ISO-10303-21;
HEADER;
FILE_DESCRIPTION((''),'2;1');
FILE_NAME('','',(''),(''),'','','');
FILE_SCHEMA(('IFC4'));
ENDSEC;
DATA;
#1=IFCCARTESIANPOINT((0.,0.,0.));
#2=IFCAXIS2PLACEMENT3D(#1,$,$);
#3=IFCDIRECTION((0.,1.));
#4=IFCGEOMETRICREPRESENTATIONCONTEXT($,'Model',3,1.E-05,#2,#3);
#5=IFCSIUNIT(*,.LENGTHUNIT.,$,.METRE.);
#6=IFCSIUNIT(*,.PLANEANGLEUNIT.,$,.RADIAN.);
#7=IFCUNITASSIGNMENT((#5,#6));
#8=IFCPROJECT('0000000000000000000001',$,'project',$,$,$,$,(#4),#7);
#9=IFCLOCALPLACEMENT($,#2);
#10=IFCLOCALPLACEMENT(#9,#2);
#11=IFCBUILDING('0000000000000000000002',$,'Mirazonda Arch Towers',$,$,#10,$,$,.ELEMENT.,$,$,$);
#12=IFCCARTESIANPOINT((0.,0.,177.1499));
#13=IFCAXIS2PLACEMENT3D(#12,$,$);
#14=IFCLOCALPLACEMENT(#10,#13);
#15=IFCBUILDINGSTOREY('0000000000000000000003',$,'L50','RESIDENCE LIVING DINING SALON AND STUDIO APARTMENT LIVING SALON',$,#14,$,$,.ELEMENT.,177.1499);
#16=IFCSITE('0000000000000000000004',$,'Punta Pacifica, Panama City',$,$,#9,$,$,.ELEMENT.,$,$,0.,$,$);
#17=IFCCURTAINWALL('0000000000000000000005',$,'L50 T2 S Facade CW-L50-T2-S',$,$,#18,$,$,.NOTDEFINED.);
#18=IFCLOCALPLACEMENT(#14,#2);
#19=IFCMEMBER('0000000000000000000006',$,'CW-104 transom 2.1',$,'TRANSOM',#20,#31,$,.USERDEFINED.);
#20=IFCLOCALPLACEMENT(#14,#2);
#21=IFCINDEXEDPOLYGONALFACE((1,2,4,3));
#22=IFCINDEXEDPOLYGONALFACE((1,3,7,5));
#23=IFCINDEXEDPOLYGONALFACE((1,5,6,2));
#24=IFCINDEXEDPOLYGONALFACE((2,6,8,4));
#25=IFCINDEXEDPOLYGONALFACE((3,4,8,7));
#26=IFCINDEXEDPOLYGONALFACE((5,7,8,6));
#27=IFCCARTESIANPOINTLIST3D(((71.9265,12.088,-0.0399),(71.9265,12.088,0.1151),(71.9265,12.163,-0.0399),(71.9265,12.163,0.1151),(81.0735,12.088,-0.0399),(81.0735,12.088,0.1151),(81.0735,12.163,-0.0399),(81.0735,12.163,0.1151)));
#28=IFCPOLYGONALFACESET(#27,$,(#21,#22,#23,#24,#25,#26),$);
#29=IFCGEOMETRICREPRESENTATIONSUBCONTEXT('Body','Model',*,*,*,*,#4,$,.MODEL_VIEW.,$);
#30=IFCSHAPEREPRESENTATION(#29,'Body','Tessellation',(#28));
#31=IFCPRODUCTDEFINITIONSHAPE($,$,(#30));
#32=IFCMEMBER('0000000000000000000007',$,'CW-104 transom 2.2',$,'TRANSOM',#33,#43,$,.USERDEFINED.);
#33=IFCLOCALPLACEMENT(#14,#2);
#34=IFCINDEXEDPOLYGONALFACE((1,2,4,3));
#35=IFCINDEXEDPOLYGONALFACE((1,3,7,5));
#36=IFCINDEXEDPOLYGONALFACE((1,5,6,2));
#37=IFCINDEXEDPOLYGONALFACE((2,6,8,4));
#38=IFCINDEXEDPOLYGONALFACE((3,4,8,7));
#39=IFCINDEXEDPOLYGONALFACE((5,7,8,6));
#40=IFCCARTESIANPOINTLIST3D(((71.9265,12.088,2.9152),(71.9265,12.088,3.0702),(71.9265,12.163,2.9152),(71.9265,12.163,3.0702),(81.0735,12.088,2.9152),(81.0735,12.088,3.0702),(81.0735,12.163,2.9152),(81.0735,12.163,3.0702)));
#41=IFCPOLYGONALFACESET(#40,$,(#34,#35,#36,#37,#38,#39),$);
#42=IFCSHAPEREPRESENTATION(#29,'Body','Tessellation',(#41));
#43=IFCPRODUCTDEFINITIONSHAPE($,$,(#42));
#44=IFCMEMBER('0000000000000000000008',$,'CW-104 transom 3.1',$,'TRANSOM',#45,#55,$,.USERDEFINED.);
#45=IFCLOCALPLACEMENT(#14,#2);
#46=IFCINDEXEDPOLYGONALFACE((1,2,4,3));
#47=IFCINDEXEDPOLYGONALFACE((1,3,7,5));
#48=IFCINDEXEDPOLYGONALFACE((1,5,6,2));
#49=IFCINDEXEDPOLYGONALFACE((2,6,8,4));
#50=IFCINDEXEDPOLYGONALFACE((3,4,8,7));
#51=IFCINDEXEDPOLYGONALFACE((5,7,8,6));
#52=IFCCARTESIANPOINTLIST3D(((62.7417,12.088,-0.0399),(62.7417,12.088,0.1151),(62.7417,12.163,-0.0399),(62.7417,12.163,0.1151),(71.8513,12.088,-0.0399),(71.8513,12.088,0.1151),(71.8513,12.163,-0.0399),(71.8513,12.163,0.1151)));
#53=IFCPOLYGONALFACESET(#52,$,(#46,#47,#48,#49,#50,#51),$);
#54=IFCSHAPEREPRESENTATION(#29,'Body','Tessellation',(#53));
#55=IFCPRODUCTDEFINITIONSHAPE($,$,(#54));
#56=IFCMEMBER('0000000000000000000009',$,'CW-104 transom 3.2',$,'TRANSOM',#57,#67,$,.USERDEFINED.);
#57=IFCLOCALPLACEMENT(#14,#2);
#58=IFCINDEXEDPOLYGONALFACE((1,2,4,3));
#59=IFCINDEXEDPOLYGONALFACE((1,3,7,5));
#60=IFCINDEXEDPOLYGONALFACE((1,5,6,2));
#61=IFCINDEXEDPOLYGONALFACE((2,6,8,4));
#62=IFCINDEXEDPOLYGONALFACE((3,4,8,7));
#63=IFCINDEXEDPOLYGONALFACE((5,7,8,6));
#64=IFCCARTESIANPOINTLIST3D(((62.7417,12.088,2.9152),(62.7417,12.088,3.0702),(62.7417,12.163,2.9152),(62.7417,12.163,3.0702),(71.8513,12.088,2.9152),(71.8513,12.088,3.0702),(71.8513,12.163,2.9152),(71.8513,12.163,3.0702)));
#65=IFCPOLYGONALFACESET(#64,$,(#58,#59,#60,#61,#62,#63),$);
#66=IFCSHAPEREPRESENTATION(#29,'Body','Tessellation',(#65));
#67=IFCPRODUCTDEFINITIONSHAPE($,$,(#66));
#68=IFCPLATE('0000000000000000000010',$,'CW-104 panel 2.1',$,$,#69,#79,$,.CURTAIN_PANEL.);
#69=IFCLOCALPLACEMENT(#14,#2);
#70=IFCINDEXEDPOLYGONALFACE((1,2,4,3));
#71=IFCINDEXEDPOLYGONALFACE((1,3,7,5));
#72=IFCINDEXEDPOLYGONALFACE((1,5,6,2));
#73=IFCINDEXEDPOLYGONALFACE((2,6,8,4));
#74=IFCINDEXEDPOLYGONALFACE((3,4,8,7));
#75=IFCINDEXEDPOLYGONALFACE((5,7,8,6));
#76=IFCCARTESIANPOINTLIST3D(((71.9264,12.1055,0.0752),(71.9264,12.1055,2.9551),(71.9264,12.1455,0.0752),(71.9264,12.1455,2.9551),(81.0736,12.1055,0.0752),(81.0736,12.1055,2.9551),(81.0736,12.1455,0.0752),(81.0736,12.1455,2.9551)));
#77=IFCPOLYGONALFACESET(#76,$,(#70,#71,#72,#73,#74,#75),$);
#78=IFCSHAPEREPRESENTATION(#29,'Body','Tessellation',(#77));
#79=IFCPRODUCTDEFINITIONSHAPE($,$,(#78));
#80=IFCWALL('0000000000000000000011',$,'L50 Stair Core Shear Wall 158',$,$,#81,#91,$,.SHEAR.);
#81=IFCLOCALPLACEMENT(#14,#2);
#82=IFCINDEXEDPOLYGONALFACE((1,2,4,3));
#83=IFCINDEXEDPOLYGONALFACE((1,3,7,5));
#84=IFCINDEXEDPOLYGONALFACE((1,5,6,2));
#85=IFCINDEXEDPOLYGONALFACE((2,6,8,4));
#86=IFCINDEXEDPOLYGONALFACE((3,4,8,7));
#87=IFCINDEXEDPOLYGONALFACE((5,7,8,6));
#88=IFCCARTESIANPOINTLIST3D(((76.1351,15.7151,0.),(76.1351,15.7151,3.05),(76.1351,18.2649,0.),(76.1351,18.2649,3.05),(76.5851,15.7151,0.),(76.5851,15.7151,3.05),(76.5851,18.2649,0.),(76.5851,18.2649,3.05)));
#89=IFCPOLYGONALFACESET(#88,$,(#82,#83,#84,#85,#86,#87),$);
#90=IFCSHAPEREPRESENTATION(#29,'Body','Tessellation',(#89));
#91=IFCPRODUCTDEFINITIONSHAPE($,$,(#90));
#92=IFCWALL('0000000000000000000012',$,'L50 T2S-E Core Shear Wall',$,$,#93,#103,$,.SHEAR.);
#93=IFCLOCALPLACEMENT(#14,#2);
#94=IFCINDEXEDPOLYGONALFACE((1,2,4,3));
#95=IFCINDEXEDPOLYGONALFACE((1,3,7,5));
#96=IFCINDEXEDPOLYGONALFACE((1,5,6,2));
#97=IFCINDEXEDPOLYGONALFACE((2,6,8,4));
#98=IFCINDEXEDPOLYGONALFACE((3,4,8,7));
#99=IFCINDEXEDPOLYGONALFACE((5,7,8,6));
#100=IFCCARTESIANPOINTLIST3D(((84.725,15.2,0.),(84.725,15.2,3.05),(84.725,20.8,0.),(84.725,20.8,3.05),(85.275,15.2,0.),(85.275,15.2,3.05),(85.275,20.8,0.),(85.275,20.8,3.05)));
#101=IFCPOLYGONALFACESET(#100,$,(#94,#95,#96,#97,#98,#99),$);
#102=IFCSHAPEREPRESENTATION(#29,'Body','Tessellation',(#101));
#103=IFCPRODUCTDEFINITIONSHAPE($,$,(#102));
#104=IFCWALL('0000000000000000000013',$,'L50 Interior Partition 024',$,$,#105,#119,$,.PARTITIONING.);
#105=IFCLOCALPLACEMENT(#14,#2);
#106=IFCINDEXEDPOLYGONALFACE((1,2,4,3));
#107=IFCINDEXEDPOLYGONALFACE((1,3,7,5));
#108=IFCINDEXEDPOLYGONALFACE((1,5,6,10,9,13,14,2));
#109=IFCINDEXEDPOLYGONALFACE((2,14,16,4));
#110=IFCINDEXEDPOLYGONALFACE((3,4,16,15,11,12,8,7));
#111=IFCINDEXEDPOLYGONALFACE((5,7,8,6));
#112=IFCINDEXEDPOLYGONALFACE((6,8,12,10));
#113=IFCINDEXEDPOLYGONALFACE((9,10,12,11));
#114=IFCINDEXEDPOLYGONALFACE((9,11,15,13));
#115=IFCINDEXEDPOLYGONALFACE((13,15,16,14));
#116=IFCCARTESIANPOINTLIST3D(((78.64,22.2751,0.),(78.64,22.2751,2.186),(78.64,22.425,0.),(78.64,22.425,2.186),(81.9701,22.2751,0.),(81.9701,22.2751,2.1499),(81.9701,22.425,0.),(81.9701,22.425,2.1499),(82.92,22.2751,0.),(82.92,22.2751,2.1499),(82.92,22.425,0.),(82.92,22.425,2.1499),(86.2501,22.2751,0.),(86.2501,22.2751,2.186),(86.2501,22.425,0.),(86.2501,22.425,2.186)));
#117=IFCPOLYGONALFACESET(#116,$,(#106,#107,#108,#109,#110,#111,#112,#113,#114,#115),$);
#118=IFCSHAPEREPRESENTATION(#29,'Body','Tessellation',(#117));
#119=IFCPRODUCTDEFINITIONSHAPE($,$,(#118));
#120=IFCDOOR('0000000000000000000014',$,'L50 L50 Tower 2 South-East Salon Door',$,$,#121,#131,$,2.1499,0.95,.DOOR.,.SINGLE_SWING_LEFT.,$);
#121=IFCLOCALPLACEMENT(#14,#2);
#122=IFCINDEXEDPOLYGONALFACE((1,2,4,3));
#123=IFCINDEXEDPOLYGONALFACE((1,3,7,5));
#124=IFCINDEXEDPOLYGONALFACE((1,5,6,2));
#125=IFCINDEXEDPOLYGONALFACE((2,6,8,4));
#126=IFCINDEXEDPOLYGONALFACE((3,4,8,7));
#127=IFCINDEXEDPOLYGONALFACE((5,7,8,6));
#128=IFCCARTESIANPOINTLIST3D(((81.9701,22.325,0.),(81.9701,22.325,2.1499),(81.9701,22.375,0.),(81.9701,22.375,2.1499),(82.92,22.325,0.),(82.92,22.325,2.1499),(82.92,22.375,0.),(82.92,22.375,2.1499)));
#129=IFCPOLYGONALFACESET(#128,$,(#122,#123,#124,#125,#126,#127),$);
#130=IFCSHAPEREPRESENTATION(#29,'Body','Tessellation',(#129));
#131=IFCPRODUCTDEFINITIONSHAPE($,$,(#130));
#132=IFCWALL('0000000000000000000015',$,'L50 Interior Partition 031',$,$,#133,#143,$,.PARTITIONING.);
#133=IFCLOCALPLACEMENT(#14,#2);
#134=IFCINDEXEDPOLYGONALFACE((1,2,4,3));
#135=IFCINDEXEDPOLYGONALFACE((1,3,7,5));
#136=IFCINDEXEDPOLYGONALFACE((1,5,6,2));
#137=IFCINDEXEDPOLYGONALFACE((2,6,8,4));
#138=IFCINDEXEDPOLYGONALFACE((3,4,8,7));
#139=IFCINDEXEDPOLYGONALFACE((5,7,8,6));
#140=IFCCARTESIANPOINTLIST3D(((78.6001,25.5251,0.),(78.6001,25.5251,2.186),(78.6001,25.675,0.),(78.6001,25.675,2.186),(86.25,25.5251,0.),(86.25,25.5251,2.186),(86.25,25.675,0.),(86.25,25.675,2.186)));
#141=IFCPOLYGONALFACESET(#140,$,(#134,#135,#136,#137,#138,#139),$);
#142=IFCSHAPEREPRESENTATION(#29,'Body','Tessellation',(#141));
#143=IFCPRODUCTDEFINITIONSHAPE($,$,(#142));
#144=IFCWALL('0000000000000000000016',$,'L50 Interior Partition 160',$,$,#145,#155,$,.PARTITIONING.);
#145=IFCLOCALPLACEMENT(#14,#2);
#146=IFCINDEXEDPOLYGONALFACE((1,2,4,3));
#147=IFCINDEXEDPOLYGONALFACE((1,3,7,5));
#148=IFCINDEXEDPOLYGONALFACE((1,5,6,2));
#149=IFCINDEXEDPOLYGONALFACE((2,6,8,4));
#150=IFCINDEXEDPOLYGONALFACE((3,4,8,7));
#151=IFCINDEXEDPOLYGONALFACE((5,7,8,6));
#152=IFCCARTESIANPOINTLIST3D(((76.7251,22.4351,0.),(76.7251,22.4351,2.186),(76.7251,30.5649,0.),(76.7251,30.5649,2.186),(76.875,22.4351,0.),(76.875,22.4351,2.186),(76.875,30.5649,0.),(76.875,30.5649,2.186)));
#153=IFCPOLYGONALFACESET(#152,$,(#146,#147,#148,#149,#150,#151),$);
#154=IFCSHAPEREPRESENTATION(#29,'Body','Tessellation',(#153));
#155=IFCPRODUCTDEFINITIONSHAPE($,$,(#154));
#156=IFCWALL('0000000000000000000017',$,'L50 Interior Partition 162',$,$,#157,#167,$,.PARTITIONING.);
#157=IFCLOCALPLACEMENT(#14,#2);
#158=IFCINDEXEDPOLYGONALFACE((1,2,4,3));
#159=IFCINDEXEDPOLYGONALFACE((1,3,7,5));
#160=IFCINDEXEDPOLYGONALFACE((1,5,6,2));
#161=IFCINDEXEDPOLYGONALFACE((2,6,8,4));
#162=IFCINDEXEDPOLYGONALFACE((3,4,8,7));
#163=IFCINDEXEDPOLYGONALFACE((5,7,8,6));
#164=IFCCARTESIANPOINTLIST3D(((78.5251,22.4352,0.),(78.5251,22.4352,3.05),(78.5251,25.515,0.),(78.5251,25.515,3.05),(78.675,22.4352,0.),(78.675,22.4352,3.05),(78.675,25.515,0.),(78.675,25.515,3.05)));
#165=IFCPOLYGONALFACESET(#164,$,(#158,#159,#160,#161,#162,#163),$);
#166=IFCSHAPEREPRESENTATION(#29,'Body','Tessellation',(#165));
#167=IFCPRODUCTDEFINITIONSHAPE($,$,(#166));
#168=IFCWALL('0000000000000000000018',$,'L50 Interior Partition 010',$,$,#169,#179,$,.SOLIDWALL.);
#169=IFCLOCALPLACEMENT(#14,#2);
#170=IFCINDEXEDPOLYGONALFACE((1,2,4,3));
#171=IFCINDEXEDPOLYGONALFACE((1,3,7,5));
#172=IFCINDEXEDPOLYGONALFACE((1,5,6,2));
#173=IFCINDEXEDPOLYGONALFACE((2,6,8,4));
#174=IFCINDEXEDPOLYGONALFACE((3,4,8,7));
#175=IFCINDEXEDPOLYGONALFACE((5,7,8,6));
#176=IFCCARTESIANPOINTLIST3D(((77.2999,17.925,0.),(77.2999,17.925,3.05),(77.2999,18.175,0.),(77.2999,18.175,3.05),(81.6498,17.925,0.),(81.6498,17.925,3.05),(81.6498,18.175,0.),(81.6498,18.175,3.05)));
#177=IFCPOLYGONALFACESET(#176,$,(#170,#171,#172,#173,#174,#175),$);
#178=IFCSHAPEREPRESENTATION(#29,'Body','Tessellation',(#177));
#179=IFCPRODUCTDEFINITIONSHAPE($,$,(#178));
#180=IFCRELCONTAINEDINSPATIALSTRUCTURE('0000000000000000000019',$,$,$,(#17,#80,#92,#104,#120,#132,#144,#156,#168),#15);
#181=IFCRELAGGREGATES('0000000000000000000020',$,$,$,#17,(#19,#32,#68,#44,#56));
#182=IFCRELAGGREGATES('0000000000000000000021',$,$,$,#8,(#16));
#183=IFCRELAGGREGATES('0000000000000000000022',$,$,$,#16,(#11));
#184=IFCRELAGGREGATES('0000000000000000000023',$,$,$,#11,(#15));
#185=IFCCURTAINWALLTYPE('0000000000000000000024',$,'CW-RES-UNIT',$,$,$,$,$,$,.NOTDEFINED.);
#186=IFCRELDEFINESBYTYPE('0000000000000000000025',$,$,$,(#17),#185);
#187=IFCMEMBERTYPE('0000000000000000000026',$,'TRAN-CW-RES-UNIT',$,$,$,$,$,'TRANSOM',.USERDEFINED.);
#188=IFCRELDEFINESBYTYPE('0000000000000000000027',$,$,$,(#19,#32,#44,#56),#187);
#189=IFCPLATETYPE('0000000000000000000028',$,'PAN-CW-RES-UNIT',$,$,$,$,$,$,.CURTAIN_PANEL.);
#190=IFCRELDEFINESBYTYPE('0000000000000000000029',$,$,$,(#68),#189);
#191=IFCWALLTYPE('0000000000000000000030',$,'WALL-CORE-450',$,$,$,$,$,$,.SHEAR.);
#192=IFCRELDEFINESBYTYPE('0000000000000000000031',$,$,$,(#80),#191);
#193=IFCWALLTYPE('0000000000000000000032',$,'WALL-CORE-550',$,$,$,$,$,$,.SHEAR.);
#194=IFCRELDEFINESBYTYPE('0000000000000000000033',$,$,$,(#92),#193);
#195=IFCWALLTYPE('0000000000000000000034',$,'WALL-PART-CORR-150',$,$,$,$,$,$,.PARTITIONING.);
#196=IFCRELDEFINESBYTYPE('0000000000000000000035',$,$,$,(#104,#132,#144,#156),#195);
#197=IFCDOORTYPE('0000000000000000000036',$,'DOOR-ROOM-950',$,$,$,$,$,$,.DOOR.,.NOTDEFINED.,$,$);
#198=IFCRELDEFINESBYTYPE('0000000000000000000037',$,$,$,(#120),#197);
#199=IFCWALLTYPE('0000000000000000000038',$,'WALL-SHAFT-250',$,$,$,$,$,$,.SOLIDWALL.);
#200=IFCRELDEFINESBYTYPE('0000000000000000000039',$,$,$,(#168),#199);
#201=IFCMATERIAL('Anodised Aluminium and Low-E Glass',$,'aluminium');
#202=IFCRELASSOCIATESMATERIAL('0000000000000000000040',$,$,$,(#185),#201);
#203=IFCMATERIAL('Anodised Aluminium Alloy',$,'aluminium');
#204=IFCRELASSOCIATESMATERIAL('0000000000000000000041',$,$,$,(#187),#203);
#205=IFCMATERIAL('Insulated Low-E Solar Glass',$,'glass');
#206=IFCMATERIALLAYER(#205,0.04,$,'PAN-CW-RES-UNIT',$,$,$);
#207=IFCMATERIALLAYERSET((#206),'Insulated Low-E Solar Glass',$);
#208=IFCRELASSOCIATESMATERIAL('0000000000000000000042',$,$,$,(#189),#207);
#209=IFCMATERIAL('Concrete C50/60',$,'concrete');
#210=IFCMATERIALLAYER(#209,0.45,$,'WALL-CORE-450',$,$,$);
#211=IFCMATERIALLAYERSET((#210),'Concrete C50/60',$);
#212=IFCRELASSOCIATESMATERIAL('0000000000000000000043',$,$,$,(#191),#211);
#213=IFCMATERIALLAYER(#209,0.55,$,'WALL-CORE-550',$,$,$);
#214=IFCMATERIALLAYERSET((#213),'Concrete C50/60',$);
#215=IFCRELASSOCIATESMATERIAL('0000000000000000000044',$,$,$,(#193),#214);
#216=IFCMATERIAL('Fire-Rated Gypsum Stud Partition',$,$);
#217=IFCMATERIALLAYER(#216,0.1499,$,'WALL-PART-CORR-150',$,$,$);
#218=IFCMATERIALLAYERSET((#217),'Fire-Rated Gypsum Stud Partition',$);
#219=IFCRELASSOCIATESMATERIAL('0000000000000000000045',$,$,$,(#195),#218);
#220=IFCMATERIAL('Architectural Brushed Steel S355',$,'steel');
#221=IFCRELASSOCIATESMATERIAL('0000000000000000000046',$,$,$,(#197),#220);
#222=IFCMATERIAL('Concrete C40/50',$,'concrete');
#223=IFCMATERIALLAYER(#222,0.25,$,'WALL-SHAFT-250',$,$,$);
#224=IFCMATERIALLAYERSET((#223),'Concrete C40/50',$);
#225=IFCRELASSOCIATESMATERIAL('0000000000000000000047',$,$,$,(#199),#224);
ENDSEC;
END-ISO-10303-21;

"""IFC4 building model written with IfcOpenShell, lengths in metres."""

from ifc_helpers import new_model, si_unit, direction, frame, frame_2d, origin, origin_2d, place, context, subcontext, project, spatial, rectangle, extrude, material, layer, layer_set, material_profile, profile_set, type_object, element, fill, aggregate, save


model = new_model("IFC4")

# Units and contexts
model_context = context("Model", 3, precision=1e-05, world=origin(), true_north=direction((0.0, 1.0)))
body_context = subcontext(model_context, "Body", "Model", "MODEL_VIEW")
ifc_project = project(units=[si_unit("LENGTHUNIT", "METRE"), si_unit("PLANEANGLEUNIT", "RADIAN")], contexts=[model_context])

# Site, building, storey
site_placement = place(None, origin())
site = spatial("IfcSite", under=ifc_project, at=site_placement, Name="Punta Pacifica, Panama City", CompositionType="ELEMENT", RefElevation=0.0)
building_placement = place(site_placement, origin())
building = spatial("IfcBuilding", under=site, at=building_placement, Name="Mirazonda Arch Towers", CompositionType="ELEMENT")
storey_placement = place(building_placement, frame((0.0, 0.0, 177.1499)))
storey = spatial("IfcBuildingStorey", under=building, at=storey_placement, Name="L50", Description="RESIDENCE LIVING DINING SALON AND STUDIO APARTMENT LIVING SALON", CompositionType="ELEMENT", Elevation=177.1499)

# Shared definitions
ifc_material_1 = material(Name="Concrete C50/60", Category="concrete")

# Curtain wall, members, plate
ifc_material_2 = material(Name="Anodised Aluminium and Low-E Glass", Category="aluminium")
curtain_wall_type = type_object("IfcCurtainWallType", Name="CW-RES-UNIT", PredefinedType="NOTDEFINED", material=ifc_material_2)
curtain_wall_placement = place(storey_placement, origin())
curtain_wall = element("IfcCurtainWall", 1, at=curtain_wall_placement, inside=storey, type_object=curtain_wall_type, Name="L50 T2 S Facade CW-L50-T2-S", PredefinedType="NOTDEFINED")
ifc_material_3 = material(Name="Anodised Aluminium Alloy", Category="aluminium")
ifc_material_profile_1 = material_profile(ifc_material_3, rectangle(XDim=0.075, YDim=0.155, at=origin_2d()), Name="ALU-TRAN-75x155")
ifc_profile_set_1 = profile_set([ifc_material_profile_1], Name="Anodised Aluminium Alloy")
member_type_1 = type_object("IfcMemberType", Name="TRAN-CW-RES-UNIT", ElementType="TRANSOM", PredefinedType="USERDEFINED", material=ifc_profile_set_1)
member_1_placement = place(storey_placement, frame((81.0735, 12.1255, 0.0376), z_axis=(-1.0, 0.0, 0.0), x_axis=(0.0, -1.0, 0.0)))
member_1 = element("IfcMember", 2, at=member_1_placement, type_object=member_type_1, Name="CW-104 transom 2.1", ObjectType="TRANSOM", PredefinedType="USERDEFINED", context=body_context, shape_type="SweptSolid", body=[
    extrude(rectangle(XDim=0.075, YDim=0.155, at=origin_2d()), origin(), (0.0, 0.0, 1.0), 9.147),
])
member_2_placement = place(storey_placement, frame((81.0735, 12.1255, 2.9927), z_axis=(-1.0, 0.0, 0.0), x_axis=(0.0, -1.0, 0.0)))
member_2 = element("IfcMember", 3, at=member_2_placement, type_object=member_type_1, Name="CW-104 transom 2.2", ObjectType="TRANSOM", PredefinedType="USERDEFINED", context=body_context, shape_type="SweptSolid", body=[
    extrude(rectangle(XDim=0.075, YDim=0.155, at=origin_2d()), origin(), (0.0, 0.0, 1.0), 9.147),
])
member_3_placement = place(storey_placement, frame((71.8513, 12.1255, 0.0376), z_axis=(-1.0, 0.0, 0.0), x_axis=(0.0, -1.0, 0.0)))
member_3 = element("IfcMember", 4, at=member_3_placement, type_object=member_type_1, Name="CW-104 transom 3.1", ObjectType="TRANSOM", PredefinedType="USERDEFINED", context=body_context, shape_type="SweptSolid", body=[
    extrude(rectangle(XDim=0.075, YDim=0.155, at=origin_2d()), origin(), (0.0, 0.0, 1.0), 9.1096),
])
member_4_placement = place(storey_placement, frame((71.8513, 12.1255, 2.9927), z_axis=(-1.0, 0.0, 0.0), x_axis=(0.0, -1.0, 0.0)))
member_4 = element("IfcMember", 5, at=member_4_placement, type_object=member_type_1, Name="CW-104 transom 3.2", ObjectType="TRANSOM", PredefinedType="USERDEFINED", context=body_context, shape_type="SweptSolid", body=[
    extrude(rectangle(XDim=0.075, YDim=0.155, at=origin_2d()), origin(), (0.0, 0.0, 1.0), 9.1096),
])
ifc_material_4 = material(Name="Insulated Low-E Solar Glass", Category="glass")
ifc_layer_1 = layer(ifc_material_4, 0.04, Name="PAN-CW-RES-UNIT")
ifc_layer_set_1 = layer_set([ifc_layer_1], Name="Insulated Low-E Solar Glass")
plate_type = type_object("IfcPlateType", Name="PAN-CW-RES-UNIT", PredefinedType="CURTAIN_PANEL", material=ifc_layer_set_1)
plate_placement = place(storey_placement, frame((76.5, 12.1255, 0.0752), z_axis=(0.0, 0.0, 1.0), x_axis=(-1.0, 0.0, 0.0)))
plate = element("IfcPlate", 6, at=plate_placement, type_object=plate_type, Name="CW-104 panel 2.1", PredefinedType="CURTAIN_PANEL", context=body_context, shape_type="SweptSolid", body=[
    extrude(rectangle(XDim=9.1472, YDim=0.04, at=origin_2d()), origin(), (0.0, 0.0, 1.0), 2.8799),
])
aggregate(curtain_wall, [member_1, member_2, plate, member_3, member_4])

# Walls
ifc_layer_2 = layer(ifc_material_1, 0.45, Name="WALL-CORE-450")
ifc_layer_set_2 = layer_set([ifc_layer_2], Name="Concrete C50/60")
wall_type_1 = type_object("IfcWallType", Name="WALL-CORE-450", PredefinedType="SHEAR", material=ifc_layer_set_2)
wall_1_placement = place(storey_placement, frame((76.3601, 15.7151, 0.0), z_axis=(0.0, 0.0, 1.0), x_axis=(0.0, 1.0, 0.0)))
element("IfcWall", 7, at=wall_1_placement, inside=storey, type_object=wall_type_1, Name="L50 Stair Core Shear Wall 158", PredefinedType="SHEAR", context=body_context, shape_type="SweptSolid", body=[
    extrude(rectangle(XDim=2.5498, YDim=0.45, at=frame_2d((1.2749, 0.0))), origin(), (0.0, 0.0, 1.0), 3.05),
])
ifc_layer_3 = layer(ifc_material_1, 0.55, Name="WALL-CORE-550")
ifc_layer_set_3 = layer_set([ifc_layer_3], Name="Concrete C50/60")
wall_type_2 = type_object("IfcWallType", Name="WALL-CORE-550", PredefinedType="SHEAR", material=ifc_layer_set_3)
wall_2_placement = place(storey_placement, frame((85.0, 15.2, 0.0), z_axis=(0.0, 0.0, 1.0), x_axis=(0.0, 1.0, 0.0)))
element("IfcWall", 8, at=wall_2_placement, inside=storey, type_object=wall_type_2, Name="L50 T2S-E Core Shear Wall", PredefinedType="SHEAR", context=body_context, shape_type="SweptSolid", body=[
    extrude(rectangle(XDim=5.6001, YDim=0.55, at=frame_2d((2.8, 0.0))), origin(), (0.0, 0.0, 1.0), 3.05),
])

# Wall, opening, door
ifc_material_5 = material(Name="Fire-Rated Gypsum Stud Partition")
ifc_layer_4 = layer(ifc_material_5, 0.1499, Name="WALL-PART-CORR-150")
ifc_layer_set_4 = layer_set([ifc_layer_4], Name="Fire-Rated Gypsum Stud Partition")
wall_type_3 = type_object("IfcWallType", Name="WALL-PART-CORR-150", PredefinedType="PARTITIONING", material=ifc_layer_set_4)
wall_3_placement = place(storey_placement, frame((78.6399, 22.3501, 0.0), z_axis=(0.0, 0.0, 1.0), x_axis=(1.0, 0.0, 0.0)))
wall_3 = element("IfcWall", 9, at=wall_3_placement, inside=storey, type_object=wall_type_3, Name="L50 Interior Partition 024", PredefinedType="PARTITIONING", context=body_context, shape_type="SweptSolid", body=[
    extrude(rectangle(XDim=7.6101, YDim=0.1499, at=frame_2d((3.8052, 0.0))), origin(), (0.0, 0.0, 1.0), 2.186),
])
opening_placement = place(wall_3_placement, frame((3.3301, 0.0, 0.0)))
opening = element("IfcOpeningElement", 10, at=opening_placement, cuts=wall_3, PredefinedType="OPENING", context=body_context, shape_type="SweptSolid", body=[
    extrude(rectangle(XDim=0.95, YDim=2.1499, at=frame_2d((0.4751, 1.075))), frame((0.0, 0.085, 0.0), z_axis=(0.0, -1.0, 0.0), x_axis=(1.0, 0.0, 0.0)), (0.0, 0.0, 1.0), 0.1699),
])
ifc_material_6 = material(Name="Architectural Brushed Steel S355", Category="steel")
door_type = type_object("IfcDoorType", Name="DOOR-ROOM-950", OperationType="NOTDEFINED", PredefinedType="DOOR", material=ifc_material_6)
door_placement = place(opening_placement, origin())
door = element("IfcDoor", 11, at=door_placement, inside=storey, type_object=door_type, Name="L50 L50 Tower 2 South-East Salon Door", OperationType="SINGLE_SWING_LEFT", OverallHeight=2.1499, OverallWidth=0.95, PredefinedType="DOOR", context=body_context, shape_type="SweptSolid", body=[
    extrude(rectangle(XDim=0.95, YDim=2.1499, at=frame_2d((0.4751, 1.075))), frame((0.0, 0.0249, 0.0), z_axis=(0.0, -1.0, 0.0), x_axis=(1.0, 0.0, 0.0)), (0.0, 0.0, 1.0), 0.05),
])
fill(opening, door)

# Walls
wall_4_placement = place(storey_placement, frame((78.6001, 25.6001, 0.0), z_axis=(0.0, 0.0, 1.0), x_axis=(1.0, 0.0, 0.0)))
element("IfcWall", 12, at=wall_4_placement, inside=storey, type_object=wall_type_3, Name="L50 Interior Partition 031", PredefinedType="PARTITIONING", context=body_context, shape_type="SweptSolid", body=[
    extrude(rectangle(XDim=7.6499, YDim=0.1499, at=frame_2d((3.825, 0.0))), origin(), (0.0, 0.0, 1.0), 2.186),
])
wall_5_placement = place(storey_placement, frame((76.8, 22.4351, 0.0), z_axis=(0.0, 0.0, 1.0), x_axis=(0.0, 1.0, 0.0)))
element("IfcWall", 13, at=wall_5_placement, inside=storey, type_object=wall_type_3, Name="L50 Interior Partition 160", PredefinedType="PARTITIONING", context=body_context, shape_type="SweptSolid", body=[
    extrude(rectangle(XDim=8.1299, YDim=0.1499, at=frame_2d((4.0649, 0.0))), origin(), (0.0, 0.0, 1.0), 2.186),
])
wall_6_placement = place(storey_placement, frame((78.6001, 22.4351, 0.0), z_axis=(0.0, 0.0, 1.0), x_axis=(0.0, 1.0, 0.0)))
element("IfcWall", 14, at=wall_6_placement, inside=storey, type_object=wall_type_3, Name="L50 Interior Partition 162", PredefinedType="PARTITIONING", context=body_context, shape_type="SweptSolid", body=[
    extrude(rectangle(XDim=3.0798, YDim=0.1499, at=frame_2d((1.54, 0.0))), origin(), (0.0, 0.0, 1.0), 3.05),
])
ifc_material_7 = material(Name="Concrete C40/50", Category="concrete")
ifc_layer_5 = layer(ifc_material_7, 0.25, Name="WALL-SHAFT-250")
ifc_layer_set_5 = layer_set([ifc_layer_5], Name="Concrete C40/50")
wall_type_4 = type_object("IfcWallType", Name="WALL-SHAFT-250", PredefinedType="SOLIDWALL", material=ifc_layer_set_5)
wall_7_placement = place(storey_placement, frame((77.3, 18.05, 0.0), z_axis=(0.0, 0.0, 1.0), x_axis=(1.0, 0.0, 0.0)))
element("IfcWall", 15, at=wall_7_placement, inside=storey, type_object=wall_type_4, Name="L50 Interior Partition 010", PredefinedType="SOLIDWALL", context=body_context, shape_type="SweptSolid", body=[
    extrude(rectangle(XDim=4.3499, YDim=0.25, at=frame_2d((2.1748, 0.0))), origin(), (0.0, 0.0, 1.0), 3.05),
])

save(model, "model.ifc")
